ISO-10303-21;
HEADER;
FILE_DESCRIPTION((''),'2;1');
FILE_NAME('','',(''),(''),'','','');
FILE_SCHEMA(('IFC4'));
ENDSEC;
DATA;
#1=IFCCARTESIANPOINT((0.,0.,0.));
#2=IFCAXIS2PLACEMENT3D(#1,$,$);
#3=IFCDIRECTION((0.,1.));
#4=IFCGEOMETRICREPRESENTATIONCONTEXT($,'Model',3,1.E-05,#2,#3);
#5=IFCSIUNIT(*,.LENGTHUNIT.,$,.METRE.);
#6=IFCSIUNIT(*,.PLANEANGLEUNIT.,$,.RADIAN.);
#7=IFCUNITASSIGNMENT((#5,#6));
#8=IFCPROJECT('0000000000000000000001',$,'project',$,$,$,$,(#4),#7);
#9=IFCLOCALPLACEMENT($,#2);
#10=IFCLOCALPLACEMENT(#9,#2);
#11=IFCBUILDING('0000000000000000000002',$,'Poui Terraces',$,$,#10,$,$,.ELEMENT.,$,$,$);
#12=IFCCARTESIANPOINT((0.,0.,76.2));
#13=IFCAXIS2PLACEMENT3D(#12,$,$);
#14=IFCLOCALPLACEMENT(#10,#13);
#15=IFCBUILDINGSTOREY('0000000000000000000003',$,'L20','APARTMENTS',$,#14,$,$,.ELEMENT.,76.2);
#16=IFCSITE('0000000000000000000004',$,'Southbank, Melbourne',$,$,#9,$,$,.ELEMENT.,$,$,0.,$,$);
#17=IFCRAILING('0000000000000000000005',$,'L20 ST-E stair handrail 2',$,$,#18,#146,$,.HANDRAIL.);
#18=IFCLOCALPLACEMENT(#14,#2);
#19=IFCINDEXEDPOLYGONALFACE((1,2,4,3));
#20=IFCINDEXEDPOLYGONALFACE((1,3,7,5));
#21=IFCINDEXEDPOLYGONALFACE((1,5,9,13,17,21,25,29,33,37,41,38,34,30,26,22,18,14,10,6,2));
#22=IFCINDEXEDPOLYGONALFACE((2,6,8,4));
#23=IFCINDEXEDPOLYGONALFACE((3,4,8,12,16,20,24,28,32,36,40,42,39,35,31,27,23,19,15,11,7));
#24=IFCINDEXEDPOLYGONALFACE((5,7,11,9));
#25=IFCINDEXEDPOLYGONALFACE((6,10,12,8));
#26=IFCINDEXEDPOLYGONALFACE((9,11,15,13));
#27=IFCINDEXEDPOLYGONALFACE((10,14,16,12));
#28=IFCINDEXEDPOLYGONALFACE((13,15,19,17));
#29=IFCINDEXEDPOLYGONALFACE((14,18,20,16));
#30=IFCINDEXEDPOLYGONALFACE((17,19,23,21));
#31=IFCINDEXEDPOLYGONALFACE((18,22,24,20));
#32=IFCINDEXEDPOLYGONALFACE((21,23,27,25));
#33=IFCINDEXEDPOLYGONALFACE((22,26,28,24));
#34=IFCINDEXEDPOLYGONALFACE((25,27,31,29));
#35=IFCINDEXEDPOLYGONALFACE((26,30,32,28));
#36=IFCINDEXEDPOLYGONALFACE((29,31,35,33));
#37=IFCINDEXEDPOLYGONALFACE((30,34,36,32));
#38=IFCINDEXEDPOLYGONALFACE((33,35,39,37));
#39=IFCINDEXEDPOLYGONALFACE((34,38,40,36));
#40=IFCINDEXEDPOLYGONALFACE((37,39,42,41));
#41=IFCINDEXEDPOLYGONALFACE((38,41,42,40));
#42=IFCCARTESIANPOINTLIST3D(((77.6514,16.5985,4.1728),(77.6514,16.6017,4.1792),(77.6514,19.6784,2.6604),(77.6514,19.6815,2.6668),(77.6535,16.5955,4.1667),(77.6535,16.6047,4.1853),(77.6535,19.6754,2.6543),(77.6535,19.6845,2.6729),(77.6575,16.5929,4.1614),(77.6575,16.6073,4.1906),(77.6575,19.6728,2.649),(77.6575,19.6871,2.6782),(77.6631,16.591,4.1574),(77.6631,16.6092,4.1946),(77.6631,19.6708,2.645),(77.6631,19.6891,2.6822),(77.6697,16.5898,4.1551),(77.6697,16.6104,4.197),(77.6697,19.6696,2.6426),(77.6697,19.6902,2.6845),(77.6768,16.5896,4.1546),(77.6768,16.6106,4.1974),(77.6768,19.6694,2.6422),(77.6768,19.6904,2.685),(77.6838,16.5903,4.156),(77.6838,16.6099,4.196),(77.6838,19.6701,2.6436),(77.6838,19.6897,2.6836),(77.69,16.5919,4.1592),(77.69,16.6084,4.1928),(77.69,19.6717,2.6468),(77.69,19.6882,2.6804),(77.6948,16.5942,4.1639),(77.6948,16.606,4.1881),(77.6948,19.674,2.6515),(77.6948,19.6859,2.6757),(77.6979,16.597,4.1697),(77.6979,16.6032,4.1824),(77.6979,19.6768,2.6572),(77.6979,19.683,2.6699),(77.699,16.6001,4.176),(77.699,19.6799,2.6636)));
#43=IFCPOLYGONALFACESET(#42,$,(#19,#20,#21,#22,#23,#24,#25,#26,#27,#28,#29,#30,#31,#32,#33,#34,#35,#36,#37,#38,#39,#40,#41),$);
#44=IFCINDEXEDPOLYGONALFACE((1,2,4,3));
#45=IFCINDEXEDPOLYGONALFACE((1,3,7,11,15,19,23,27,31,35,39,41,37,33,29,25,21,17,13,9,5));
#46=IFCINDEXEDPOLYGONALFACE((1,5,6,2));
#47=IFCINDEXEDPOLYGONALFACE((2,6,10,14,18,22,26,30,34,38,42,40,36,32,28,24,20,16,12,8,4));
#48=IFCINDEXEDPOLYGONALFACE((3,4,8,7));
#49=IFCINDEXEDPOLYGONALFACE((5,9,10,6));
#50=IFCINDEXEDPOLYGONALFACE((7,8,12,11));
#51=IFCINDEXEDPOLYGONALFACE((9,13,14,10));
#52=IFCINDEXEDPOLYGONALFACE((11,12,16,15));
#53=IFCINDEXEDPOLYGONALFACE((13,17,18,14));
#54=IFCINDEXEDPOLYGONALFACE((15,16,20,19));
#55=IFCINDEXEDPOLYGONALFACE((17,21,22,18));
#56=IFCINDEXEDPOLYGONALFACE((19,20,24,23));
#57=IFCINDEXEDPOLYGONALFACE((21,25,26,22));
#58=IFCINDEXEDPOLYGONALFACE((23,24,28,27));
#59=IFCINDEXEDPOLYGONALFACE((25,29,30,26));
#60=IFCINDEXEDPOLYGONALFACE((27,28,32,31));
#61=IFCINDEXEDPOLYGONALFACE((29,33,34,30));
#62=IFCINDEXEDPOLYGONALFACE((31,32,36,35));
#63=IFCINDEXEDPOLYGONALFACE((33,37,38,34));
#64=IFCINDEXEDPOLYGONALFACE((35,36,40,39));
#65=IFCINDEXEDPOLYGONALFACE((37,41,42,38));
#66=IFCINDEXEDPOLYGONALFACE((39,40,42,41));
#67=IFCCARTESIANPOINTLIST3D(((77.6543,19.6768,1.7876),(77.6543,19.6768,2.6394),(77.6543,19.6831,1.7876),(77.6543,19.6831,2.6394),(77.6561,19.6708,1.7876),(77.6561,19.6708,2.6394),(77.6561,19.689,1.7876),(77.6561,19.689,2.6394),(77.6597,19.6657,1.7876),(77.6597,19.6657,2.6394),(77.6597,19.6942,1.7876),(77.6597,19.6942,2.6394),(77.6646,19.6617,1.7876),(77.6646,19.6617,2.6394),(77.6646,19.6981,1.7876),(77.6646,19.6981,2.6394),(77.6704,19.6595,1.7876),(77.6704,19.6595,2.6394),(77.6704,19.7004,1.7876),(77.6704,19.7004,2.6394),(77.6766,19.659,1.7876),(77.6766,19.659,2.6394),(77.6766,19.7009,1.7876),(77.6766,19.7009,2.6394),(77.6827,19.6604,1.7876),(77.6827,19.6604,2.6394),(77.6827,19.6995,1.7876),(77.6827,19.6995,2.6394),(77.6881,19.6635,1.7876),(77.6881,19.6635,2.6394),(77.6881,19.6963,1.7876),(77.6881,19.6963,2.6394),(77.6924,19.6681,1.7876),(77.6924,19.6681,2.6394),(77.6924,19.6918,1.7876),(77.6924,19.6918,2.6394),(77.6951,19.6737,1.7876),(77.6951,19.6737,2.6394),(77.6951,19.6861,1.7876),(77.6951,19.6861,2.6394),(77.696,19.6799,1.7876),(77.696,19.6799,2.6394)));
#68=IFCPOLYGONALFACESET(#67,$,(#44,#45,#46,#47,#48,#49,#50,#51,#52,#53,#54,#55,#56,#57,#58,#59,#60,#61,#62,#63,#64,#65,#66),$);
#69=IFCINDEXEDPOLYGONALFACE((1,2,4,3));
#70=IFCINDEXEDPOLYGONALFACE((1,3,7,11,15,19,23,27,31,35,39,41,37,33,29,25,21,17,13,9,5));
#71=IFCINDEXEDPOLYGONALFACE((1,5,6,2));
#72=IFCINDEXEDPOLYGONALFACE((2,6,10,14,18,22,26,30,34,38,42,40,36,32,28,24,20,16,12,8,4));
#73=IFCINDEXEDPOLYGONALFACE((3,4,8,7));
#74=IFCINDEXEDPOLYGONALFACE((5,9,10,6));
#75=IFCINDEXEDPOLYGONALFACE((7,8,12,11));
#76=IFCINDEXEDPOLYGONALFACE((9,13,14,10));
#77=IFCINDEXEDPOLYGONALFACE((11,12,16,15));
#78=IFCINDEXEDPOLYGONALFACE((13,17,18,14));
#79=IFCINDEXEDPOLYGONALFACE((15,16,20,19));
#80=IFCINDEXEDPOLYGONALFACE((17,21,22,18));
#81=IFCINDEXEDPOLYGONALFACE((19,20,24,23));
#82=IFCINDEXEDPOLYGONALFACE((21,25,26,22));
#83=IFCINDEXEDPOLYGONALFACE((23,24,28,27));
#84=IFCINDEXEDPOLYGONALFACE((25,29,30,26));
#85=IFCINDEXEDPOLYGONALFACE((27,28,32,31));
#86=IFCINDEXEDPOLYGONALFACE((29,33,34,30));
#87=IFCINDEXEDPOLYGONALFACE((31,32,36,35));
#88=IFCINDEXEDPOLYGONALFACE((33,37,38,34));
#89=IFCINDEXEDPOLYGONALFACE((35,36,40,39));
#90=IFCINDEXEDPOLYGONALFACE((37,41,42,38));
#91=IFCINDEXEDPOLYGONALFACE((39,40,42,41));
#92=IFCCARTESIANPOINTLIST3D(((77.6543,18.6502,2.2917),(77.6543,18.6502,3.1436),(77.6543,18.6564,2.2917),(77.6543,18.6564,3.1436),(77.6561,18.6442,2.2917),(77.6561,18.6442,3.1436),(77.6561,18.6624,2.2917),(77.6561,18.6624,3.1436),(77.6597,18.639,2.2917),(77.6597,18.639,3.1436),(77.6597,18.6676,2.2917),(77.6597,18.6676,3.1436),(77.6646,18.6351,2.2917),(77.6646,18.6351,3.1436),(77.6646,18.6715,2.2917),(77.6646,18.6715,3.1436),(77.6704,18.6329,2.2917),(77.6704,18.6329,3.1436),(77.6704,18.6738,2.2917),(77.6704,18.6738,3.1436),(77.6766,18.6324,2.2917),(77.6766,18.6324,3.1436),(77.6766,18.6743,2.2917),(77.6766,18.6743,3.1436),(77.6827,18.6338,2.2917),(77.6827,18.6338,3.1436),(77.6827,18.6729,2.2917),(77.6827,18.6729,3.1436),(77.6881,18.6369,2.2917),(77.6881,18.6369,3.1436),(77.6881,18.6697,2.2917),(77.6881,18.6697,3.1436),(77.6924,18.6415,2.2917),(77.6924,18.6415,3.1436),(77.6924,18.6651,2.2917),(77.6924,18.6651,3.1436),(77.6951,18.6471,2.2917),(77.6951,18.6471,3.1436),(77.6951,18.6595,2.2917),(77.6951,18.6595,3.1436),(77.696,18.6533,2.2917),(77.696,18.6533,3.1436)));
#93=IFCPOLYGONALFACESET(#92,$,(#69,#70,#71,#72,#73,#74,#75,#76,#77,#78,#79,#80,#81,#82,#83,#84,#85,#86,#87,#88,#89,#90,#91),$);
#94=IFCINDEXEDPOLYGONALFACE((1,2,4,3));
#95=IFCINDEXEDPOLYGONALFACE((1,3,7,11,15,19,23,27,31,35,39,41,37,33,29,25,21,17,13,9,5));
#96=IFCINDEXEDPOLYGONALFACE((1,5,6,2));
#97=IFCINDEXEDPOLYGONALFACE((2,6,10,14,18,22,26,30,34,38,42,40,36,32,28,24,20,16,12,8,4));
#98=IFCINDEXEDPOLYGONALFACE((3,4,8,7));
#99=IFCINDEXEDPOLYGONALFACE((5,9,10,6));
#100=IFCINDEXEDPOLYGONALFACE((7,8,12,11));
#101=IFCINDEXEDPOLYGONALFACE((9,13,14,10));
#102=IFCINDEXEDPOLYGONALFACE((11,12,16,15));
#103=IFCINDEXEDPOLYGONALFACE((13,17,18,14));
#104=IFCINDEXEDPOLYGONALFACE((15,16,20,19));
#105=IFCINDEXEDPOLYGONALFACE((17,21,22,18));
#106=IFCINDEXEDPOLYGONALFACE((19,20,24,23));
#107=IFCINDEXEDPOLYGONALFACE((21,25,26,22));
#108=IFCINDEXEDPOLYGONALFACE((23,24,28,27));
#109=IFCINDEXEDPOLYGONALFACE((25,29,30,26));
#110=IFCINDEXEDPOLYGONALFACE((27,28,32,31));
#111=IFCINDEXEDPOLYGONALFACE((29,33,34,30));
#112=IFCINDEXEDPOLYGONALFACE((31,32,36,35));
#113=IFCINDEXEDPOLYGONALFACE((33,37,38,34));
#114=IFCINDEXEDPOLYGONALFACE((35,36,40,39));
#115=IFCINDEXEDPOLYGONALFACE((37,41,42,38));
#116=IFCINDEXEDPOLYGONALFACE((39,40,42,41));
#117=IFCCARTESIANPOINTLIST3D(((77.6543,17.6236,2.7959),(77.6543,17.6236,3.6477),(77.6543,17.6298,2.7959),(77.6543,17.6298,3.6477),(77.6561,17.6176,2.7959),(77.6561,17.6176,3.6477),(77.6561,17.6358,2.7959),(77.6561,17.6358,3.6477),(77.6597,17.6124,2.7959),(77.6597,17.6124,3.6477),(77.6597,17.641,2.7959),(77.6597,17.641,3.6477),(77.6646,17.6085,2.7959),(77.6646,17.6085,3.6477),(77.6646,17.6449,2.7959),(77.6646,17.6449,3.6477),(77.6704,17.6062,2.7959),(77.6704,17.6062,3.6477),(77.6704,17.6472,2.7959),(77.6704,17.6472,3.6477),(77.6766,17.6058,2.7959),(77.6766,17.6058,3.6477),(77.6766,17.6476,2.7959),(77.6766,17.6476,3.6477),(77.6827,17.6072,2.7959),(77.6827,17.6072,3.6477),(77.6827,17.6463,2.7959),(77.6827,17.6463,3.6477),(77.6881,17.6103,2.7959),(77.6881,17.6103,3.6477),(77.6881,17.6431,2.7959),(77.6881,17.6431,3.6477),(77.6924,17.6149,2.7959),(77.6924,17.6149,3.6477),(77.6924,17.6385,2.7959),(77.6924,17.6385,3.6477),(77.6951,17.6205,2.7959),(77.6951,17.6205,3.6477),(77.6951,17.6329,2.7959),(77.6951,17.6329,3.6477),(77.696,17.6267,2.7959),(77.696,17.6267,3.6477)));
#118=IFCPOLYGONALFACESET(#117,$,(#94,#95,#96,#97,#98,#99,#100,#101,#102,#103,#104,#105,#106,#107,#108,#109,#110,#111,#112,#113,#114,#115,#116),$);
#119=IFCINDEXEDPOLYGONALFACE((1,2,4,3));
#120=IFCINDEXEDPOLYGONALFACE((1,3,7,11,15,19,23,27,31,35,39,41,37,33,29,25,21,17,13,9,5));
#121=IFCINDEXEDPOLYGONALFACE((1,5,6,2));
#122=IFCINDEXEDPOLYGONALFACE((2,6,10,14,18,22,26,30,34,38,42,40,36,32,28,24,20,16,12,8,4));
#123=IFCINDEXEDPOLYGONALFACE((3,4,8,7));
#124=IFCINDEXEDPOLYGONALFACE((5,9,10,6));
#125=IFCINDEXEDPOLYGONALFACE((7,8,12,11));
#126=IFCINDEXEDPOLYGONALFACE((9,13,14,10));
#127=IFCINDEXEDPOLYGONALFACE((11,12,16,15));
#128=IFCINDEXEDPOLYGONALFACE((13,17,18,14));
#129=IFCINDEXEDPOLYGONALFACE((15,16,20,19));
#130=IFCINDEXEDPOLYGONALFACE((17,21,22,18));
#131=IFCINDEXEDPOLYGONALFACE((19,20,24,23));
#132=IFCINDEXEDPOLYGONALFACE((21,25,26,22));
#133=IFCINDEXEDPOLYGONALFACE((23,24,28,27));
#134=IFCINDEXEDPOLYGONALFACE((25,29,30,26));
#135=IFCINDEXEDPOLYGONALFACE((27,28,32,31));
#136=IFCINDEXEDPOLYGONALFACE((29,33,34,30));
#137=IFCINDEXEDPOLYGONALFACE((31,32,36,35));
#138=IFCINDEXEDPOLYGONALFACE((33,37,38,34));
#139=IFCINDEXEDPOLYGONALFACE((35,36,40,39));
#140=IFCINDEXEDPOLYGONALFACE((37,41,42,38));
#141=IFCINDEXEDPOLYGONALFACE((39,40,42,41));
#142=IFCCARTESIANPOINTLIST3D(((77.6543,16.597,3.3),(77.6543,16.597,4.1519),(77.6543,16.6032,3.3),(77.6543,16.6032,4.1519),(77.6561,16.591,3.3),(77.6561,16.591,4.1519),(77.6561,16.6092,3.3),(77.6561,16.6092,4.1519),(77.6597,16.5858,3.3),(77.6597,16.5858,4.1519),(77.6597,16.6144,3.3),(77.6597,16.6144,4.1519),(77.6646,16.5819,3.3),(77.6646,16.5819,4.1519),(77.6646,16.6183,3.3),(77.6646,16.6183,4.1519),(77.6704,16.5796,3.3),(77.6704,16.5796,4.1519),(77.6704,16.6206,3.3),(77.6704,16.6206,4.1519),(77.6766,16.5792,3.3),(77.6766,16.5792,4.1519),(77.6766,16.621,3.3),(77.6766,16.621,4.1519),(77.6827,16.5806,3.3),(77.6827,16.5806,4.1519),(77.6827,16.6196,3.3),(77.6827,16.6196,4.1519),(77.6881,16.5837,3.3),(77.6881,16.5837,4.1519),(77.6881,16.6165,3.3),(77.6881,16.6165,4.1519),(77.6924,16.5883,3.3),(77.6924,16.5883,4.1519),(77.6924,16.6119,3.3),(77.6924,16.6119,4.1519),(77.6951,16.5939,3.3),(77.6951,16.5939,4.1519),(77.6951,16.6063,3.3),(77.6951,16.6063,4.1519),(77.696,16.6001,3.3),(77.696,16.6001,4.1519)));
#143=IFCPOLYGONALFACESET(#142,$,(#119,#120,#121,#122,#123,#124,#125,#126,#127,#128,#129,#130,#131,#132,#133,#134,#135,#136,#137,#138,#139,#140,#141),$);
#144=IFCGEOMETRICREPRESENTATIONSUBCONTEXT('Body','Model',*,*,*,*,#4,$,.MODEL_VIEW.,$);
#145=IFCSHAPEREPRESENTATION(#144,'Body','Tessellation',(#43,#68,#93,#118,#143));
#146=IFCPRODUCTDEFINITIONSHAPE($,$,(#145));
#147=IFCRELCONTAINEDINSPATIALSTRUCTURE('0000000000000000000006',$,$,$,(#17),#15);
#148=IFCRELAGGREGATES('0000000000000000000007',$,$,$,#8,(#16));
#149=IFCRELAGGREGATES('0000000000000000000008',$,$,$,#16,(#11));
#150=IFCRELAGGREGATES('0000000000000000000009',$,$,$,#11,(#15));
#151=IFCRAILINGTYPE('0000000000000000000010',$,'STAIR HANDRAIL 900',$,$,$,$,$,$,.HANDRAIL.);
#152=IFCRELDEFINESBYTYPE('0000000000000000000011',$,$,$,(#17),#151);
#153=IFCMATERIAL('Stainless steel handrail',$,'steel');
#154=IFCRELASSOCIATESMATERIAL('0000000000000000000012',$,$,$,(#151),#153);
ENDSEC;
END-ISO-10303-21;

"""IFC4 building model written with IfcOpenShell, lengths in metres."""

from ifc_helpers import new_model, si_unit, direction, frame, origin, origin_2d, place, context, subcontext, project, spatial, circle, extrude, material, type_object, element, save


model = new_model("IFC4")

# Units and contexts
model_context = context("Model", 3, precision=1e-05, world=origin(), true_north=direction((0.0, 1.0)))
body_context = subcontext(model_context, "Body", "Model", "MODEL_VIEW")
ifc_project = project(units=[si_unit("LENGTHUNIT", "METRE"), si_unit("PLANEANGLEUNIT", "RADIAN")], contexts=[model_context])

# Site, building, storey
site_placement = place(None, origin())
site = spatial("IfcSite", under=ifc_project, at=site_placement, Name="Southbank, Melbourne", CompositionType="ELEMENT", RefElevation=0.0)
building_placement = place(site_placement, origin())
building = spatial("IfcBuilding", under=site, at=building_placement, Name="Poui Terraces", CompositionType="ELEMENT")
storey_placement = place(building_placement, frame((0.0, 0.0, 76.2)))
storey = spatial("IfcBuildingStorey", under=building, at=storey_placement, Name="L20", Description="APARTMENTS", CompositionType="ELEMENT", Elevation=76.2)

# Railing
ifc_material_1 = material(Name="Stainless steel handrail", Category="steel")
railing_type_1 = type_object("IfcRailingType", Name="STAIR HANDRAIL 900", PredefinedType="HANDRAIL", material=ifc_material_1)
railing_1_placement = place(storey_placement, frame((77.675, 19.6799, 1.7876)))
element("IfcRailing", 1, at=railing_1_placement, inside=storey, type_object=railing_type_1, Name="L20 ST-E stair handrail 2", PredefinedType="HANDRAIL", context=body_context, shape_type="SweptSolid", body=[
    extrude(circle(Radius=0.0239, at=origin_2d()), frame((0.0, 0.0, 0.876), z_axis=(0.0, -0.897606, 0.440798), x_axis=(1.0, 0.0, 0.0)), (0.0, 0.0, 1.0), 3.4312),
    extrude(circle(Radius=0.021, at=origin_2d()), origin(), (0.0, 0.0, 1.0), 0.8518),
    extrude(circle(Radius=0.021, at=origin_2d()), frame((0.0, -1.0266, 0.5042)), (0.0, 0.0, 1.0), 0.8518),
    extrude(circle(Radius=0.021, at=origin_2d()), frame((0.0, -2.0532, 1.0083)), (0.0, 0.0, 1.0), 0.8518),
    extrude(circle(Radius=0.021, at=origin_2d()), frame((0.0, -3.0798, 1.5125)), (0.0, 0.0, 1.0), 0.8518),
])

save(model, "model.ifc")
